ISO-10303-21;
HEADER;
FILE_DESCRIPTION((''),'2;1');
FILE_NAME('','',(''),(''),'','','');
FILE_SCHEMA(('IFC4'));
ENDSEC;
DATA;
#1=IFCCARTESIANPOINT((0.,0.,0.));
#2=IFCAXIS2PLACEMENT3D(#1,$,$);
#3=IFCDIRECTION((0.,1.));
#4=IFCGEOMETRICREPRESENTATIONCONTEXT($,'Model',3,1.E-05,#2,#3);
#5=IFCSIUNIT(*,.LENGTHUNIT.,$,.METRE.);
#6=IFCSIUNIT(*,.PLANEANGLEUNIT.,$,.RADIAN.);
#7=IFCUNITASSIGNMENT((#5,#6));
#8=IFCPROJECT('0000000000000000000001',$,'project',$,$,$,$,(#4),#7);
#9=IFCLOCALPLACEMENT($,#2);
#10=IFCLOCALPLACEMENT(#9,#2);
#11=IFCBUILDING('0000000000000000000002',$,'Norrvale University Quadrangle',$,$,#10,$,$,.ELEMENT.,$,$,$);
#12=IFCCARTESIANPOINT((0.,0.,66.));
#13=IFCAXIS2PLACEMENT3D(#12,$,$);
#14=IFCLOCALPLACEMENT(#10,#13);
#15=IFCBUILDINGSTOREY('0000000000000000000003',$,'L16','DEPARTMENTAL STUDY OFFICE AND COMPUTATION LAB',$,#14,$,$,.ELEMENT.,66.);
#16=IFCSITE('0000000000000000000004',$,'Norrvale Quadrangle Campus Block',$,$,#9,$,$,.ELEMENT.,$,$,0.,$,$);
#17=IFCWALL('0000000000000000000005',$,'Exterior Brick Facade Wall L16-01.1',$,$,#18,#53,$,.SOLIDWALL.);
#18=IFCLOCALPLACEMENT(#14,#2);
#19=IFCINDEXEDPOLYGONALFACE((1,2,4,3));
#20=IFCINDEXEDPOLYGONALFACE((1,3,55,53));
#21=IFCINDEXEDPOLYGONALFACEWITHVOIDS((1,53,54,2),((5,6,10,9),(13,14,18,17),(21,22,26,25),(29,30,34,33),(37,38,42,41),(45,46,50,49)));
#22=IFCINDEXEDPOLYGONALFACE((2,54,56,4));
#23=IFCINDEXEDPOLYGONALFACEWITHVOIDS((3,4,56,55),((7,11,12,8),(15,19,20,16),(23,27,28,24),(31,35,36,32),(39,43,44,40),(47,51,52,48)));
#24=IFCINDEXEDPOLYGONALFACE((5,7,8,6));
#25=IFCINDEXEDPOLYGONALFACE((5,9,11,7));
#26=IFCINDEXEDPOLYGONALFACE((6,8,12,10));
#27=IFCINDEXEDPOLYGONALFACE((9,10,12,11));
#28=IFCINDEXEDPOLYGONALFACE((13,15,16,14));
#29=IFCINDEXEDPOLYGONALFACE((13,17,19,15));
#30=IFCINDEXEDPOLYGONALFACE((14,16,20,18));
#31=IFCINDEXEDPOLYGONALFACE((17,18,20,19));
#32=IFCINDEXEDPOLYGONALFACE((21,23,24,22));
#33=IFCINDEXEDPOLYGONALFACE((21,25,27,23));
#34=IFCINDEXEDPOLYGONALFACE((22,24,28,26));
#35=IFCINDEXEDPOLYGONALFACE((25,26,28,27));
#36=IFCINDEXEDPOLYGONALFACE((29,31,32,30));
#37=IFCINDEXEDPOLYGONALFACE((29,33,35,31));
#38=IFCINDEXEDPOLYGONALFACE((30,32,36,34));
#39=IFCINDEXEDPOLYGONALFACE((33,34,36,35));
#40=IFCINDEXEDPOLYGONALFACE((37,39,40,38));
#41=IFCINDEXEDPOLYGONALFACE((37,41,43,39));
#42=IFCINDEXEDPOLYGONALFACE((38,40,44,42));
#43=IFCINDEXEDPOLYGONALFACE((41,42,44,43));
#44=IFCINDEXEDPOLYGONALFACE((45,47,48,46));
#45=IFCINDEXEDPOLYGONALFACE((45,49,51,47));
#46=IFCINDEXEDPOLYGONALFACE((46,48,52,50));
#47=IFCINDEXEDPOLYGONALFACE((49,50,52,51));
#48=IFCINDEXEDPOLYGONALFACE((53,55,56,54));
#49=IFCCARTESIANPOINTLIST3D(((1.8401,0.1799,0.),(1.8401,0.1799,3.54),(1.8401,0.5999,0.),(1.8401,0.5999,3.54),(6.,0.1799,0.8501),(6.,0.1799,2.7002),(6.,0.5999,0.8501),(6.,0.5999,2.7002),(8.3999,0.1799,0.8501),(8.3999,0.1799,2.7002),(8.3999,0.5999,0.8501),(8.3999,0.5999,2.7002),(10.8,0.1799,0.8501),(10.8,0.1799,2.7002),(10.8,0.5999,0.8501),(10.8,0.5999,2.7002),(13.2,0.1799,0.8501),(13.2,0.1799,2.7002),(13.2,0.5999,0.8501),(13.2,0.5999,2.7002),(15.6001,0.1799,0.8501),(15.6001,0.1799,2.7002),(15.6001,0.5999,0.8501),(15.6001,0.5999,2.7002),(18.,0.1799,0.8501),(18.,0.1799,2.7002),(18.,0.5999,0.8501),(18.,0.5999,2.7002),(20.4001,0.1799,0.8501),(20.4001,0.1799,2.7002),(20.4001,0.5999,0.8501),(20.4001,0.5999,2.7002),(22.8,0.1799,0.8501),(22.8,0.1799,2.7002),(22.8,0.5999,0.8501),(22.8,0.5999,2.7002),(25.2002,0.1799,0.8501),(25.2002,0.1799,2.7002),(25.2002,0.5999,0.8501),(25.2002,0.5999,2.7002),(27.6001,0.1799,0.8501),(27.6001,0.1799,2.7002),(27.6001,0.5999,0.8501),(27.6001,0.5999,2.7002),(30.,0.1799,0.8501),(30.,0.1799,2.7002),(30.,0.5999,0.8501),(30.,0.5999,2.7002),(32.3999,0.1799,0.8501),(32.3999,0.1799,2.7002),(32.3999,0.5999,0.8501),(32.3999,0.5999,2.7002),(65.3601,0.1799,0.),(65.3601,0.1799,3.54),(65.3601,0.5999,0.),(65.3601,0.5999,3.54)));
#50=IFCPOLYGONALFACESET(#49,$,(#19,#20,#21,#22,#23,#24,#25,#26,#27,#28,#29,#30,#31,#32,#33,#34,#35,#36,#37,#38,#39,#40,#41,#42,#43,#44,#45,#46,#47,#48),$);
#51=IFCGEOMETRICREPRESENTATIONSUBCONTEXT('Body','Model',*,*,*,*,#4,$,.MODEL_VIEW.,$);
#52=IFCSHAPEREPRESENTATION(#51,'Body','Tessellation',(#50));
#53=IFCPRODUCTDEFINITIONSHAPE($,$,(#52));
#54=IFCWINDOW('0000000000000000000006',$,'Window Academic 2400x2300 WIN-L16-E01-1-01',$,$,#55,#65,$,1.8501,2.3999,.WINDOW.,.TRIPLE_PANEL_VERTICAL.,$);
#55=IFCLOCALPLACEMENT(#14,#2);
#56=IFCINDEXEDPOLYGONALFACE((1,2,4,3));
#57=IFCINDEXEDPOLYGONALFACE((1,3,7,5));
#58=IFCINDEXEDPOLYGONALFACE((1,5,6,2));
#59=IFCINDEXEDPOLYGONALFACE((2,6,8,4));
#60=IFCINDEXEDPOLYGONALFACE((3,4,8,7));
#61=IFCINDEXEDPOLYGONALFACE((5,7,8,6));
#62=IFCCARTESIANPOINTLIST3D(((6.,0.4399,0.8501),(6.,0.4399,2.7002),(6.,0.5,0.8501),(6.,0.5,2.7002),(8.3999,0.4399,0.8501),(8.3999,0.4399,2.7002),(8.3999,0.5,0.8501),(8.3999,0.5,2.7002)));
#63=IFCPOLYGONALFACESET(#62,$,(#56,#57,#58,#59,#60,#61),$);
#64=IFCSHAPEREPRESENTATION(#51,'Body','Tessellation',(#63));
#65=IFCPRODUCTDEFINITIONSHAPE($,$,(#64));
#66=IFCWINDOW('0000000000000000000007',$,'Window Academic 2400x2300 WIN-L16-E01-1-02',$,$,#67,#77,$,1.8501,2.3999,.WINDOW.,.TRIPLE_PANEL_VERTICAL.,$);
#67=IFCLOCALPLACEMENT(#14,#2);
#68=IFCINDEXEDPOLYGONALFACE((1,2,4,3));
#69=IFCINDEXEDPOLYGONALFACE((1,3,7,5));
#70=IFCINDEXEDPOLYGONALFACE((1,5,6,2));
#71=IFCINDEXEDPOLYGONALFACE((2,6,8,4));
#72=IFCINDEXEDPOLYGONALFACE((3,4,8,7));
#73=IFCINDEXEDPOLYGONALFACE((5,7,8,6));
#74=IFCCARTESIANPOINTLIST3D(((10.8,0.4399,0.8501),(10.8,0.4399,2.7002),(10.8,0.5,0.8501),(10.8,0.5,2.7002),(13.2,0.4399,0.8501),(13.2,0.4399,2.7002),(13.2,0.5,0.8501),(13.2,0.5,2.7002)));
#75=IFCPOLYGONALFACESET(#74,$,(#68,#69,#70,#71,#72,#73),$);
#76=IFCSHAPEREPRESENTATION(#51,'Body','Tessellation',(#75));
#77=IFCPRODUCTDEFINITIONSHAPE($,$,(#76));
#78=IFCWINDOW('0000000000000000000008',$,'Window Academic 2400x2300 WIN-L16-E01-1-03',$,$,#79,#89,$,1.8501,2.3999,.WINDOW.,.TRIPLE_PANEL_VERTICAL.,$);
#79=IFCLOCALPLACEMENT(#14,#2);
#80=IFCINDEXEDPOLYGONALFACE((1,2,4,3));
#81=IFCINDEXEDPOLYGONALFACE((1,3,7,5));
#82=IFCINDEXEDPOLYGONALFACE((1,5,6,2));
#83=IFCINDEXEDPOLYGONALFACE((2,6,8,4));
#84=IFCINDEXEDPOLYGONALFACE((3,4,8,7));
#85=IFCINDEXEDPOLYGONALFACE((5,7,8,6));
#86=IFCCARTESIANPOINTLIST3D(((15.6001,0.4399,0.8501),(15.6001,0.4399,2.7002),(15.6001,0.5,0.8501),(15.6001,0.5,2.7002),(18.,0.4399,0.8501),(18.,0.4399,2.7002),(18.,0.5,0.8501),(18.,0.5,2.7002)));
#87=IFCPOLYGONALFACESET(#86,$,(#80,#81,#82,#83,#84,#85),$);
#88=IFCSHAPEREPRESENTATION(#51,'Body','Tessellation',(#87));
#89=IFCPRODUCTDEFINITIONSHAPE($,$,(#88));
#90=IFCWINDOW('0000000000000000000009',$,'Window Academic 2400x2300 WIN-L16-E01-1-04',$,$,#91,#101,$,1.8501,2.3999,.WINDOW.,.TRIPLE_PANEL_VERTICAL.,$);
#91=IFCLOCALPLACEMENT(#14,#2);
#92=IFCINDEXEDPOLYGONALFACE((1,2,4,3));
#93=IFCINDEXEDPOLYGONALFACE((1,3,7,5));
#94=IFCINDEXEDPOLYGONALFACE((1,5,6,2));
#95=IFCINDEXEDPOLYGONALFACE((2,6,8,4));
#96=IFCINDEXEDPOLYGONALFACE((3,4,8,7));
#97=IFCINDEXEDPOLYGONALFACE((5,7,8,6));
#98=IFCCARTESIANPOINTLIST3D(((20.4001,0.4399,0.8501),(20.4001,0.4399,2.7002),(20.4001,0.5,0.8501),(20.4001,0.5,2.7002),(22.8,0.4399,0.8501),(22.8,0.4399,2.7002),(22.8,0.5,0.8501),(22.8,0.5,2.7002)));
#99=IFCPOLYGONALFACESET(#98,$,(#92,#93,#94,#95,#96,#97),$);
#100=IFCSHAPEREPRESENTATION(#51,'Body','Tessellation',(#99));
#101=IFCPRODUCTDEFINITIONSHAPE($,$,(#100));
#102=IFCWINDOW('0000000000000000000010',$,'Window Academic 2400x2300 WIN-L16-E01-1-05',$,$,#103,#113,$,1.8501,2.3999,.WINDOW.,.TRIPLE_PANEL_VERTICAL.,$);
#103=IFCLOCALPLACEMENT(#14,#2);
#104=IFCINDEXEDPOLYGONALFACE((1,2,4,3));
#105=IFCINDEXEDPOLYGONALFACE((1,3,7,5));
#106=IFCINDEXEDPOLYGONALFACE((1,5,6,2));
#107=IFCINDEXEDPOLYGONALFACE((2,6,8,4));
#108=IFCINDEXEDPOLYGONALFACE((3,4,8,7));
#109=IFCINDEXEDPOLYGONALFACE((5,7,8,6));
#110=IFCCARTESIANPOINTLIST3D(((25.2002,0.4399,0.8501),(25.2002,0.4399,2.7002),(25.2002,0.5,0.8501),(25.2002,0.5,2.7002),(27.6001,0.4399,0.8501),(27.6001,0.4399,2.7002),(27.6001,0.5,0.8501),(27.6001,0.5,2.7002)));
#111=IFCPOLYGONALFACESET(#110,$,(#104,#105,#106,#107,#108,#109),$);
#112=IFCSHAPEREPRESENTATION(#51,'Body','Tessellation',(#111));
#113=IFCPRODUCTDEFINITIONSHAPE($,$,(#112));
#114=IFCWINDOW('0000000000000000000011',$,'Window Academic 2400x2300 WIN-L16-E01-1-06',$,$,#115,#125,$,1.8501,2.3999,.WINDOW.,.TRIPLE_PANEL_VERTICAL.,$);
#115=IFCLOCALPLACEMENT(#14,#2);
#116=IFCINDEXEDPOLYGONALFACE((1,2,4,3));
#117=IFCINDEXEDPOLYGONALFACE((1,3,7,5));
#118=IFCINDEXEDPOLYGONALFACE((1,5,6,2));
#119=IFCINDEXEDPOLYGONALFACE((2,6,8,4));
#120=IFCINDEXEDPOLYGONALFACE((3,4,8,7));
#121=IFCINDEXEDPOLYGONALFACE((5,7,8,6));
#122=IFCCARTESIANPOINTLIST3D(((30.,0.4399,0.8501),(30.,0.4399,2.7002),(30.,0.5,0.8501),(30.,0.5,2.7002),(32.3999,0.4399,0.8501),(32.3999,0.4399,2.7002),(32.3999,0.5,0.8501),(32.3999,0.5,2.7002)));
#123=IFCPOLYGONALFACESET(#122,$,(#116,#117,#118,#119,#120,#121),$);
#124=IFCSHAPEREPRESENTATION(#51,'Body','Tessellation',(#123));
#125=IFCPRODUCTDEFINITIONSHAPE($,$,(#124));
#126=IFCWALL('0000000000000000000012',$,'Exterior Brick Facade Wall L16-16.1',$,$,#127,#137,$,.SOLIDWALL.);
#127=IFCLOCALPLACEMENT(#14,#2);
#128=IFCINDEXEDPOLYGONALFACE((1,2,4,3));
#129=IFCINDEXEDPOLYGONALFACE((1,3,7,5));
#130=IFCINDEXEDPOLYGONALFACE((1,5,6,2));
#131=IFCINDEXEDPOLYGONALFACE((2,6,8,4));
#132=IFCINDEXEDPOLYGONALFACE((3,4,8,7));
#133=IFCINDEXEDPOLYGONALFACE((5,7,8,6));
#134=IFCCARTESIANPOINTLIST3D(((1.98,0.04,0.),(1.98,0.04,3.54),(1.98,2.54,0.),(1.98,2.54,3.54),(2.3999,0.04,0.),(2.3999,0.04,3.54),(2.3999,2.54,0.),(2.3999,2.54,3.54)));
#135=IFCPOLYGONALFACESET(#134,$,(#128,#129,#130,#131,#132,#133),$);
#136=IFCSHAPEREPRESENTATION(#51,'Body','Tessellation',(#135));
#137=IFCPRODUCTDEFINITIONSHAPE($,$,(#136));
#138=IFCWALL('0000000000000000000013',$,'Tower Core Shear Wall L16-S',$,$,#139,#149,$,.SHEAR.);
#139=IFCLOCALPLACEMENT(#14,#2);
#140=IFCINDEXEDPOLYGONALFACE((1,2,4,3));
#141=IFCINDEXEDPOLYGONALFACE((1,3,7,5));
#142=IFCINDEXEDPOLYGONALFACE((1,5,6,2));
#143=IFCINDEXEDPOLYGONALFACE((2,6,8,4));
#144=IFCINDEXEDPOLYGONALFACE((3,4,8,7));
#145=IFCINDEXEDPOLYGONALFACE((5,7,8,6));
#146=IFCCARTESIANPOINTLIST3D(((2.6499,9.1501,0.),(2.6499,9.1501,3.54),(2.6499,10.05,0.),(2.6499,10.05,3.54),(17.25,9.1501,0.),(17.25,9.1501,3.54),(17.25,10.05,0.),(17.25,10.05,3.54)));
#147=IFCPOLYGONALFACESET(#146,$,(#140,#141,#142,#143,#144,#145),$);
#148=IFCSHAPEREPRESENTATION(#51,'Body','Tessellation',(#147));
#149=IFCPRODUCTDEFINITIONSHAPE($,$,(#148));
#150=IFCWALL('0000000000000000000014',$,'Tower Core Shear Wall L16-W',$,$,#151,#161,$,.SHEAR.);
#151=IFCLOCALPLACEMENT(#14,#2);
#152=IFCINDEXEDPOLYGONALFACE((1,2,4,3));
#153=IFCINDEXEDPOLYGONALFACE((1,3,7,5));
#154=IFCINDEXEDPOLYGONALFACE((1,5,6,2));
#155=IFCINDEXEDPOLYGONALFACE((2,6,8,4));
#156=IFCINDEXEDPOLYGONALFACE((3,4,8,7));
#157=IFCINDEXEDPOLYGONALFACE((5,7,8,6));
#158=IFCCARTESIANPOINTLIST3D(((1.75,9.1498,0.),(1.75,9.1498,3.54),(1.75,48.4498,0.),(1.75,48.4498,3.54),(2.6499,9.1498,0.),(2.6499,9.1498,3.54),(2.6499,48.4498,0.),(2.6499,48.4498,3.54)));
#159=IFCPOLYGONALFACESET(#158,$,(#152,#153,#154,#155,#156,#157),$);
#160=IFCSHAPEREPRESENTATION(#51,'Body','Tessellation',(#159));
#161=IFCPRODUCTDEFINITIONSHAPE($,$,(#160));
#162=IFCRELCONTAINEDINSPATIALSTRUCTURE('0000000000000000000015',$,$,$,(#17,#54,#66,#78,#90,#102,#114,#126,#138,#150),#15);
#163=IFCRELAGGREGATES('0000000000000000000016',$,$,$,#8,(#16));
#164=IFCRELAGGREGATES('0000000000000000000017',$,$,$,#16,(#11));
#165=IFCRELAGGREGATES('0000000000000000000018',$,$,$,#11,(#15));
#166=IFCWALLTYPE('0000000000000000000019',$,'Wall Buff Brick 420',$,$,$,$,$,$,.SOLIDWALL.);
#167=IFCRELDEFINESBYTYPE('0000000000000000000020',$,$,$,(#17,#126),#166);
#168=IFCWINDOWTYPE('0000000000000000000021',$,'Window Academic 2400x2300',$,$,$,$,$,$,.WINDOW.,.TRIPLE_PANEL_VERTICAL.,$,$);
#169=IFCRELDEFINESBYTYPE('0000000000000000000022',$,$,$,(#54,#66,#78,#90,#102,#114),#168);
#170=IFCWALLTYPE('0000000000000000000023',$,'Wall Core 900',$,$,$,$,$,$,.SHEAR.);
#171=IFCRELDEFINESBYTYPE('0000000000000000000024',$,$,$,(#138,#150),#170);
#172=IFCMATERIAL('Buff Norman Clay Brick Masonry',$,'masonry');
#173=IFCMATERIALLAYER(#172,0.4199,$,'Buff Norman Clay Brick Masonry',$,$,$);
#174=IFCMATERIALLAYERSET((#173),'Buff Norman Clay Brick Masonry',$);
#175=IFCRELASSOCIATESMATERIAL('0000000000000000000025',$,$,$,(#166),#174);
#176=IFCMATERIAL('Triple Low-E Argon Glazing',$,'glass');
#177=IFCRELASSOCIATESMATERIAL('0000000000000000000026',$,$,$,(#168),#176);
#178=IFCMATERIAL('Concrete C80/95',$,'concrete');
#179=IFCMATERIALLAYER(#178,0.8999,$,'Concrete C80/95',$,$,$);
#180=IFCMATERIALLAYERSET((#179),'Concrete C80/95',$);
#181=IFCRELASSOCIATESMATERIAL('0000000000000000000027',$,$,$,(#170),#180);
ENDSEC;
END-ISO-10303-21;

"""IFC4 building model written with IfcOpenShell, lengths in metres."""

from ifc_helpers import new_model, si_unit, direction, frame, frame_2d, origin, place, context, subcontext, project, spatial, rectangle, extrude, material, layer, layer_set, type_object, element, fill, save


model = new_model("IFC4")

# Units and contexts
model_context = context("Model", 3, precision=1e-05, world=origin(), true_north=direction((0.0, 1.0)))
body_context = subcontext(model_context, "Body", "Model", "MODEL_VIEW")
ifc_project = project(units=[si_unit("LENGTHUNIT", "METRE"), si_unit("PLANEANGLEUNIT", "RADIAN")], contexts=[model_context])

# Site, building, storey
site_placement = place(None, origin())
site = spatial("IfcSite", under=ifc_project, at=site_placement, Name="Norrvale Quadrangle Campus Block", CompositionType="ELEMENT", RefElevation=0.0)
building_placement = place(site_placement, origin())
building = spatial("IfcBuilding", under=site, at=building_placement, Name="Norrvale University Quadrangle", CompositionType="ELEMENT")
storey_placement = place(building_placement, frame((0.0, 0.0, 66.0)))
storey = spatial("IfcBuildingStorey", under=building, at=storey_placement, Name="L16", Description="DEPARTMENTAL STUDY OFFICE AND COMPUTATION LAB", CompositionType="ELEMENT", Elevation=66.0)

# Shared definitions
ifc_material_1 = material(Name="Concrete C80/95", Category="concrete")

# Wall, openings, windows
ifc_material_2 = material(Name="Buff Norman Clay Brick Masonry", Category="masonry")
ifc_layer_1 = layer(ifc_material_2, 0.4199, Name="Buff Norman Clay Brick Masonry")
ifc_layer_set_1 = layer_set([ifc_layer_1], Name="Buff Norman Clay Brick Masonry")
wall_type_1 = type_object("IfcWallType", Name="Wall Buff Brick 420", PredefinedType="SOLIDWALL", material=ifc_layer_set_1)
wall_1_placement = place(storey_placement, frame((1.8401, 0.3899, 0.0), z_axis=(0.0, 0.0, 1.0), x_axis=(1.0, 0.0, 0.0)))
wall_1 = element("IfcWall", 1, at=wall_1_placement, inside=storey, type_object=wall_type_1, Name="Exterior Brick Facade Wall L16-01.1", PredefinedType="SOLIDWALL", context=body_context, shape_type="SweptSolid", body=[
    extrude(rectangle(XDim=63.52, YDim=0.4199, at=frame_2d((31.76, 0.0))), origin(), (0.0, 0.0, 1.0), 3.54),
])
opening_1_placement = place(wall_1_placement, frame((4.1599, 0.0, 0.8501)))
opening_1 = element("IfcOpeningElement", 2, at=opening_1_placement, cuts=wall_1, PredefinedType="OPENING", context=body_context, shape_type="SweptSolid", body=[
    extrude(rectangle(XDim=2.3999, YDim=1.8501, at=frame_2d((1.2, 0.925))), frame((0.0, 0.2219, 0.0), z_axis=(0.0, -1.0, 0.0), x_axis=(1.0, 0.0, 0.0)), (0.0, 0.0, 1.0), 0.4438),
])
opening_2_placement = place(wall_1_placement, frame((8.96, 0.0, 0.8501)))
opening_2 = element("IfcOpeningElement", 3, at=opening_2_placement, cuts=wall_1, PredefinedType="OPENING", context=body_context, shape_type="SweptSolid", body=[
    extrude(rectangle(XDim=2.3999, YDim=1.8501, at=frame_2d((1.2, 0.925))), frame((0.0, 0.2219, 0.0), z_axis=(0.0, -1.0, 0.0), x_axis=(1.0, 0.0, 0.0)), (0.0, 0.0, 1.0), 0.4438),
])
opening_3_placement = place(wall_1_placement, frame((13.76, 0.0, 0.8501)))
opening_3 = element("IfcOpeningElement", 4, at=opening_3_placement, cuts=wall_1, PredefinedType="OPENING", context=body_context, shape_type="SweptSolid", body=[
    extrude(rectangle(XDim=2.3999, YDim=1.8501, at=frame_2d((1.2, 0.925))), frame((0.0, 0.2219, 0.0), z_axis=(0.0, -1.0, 0.0), x_axis=(1.0, 0.0, 0.0)), (0.0, 0.0, 1.0), 0.4438),
])
opening_4_placement = place(wall_1_placement, frame((18.5601, 0.0, 0.8501)))
opening_4 = element("IfcOpeningElement", 5, at=opening_4_placement, cuts=wall_1, PredefinedType="OPENING", context=body_context, shape_type="SweptSolid", body=[
    extrude(rectangle(XDim=2.3999, YDim=1.8501, at=frame_2d((1.2, 0.925))), frame((0.0, 0.2219, 0.0), z_axis=(0.0, -1.0, 0.0), x_axis=(1.0, 0.0, 0.0)), (0.0, 0.0, 1.0), 0.4438),
])
opening_5_placement = place(wall_1_placement, frame((23.3601, 0.0, 0.8501)))
opening_5 = element("IfcOpeningElement", 6, at=opening_5_placement, cuts=wall_1, PredefinedType="OPENING", context=body_context, shape_type="SweptSolid", body=[
    extrude(rectangle(XDim=2.3999, YDim=1.8501, at=frame_2d((1.2, 0.925))), frame((0.0, 0.2219, 0.0), z_axis=(0.0, -1.0, 0.0), x_axis=(1.0, 0.0, 0.0)), (0.0, 0.0, 1.0), 0.4438),
])
opening_6_placement = place(wall_1_placement, frame((28.1599, 0.0, 0.8501)))
opening_6 = element("IfcOpeningElement", 7, at=opening_6_placement, cuts=wall_1, PredefinedType="OPENING", context=body_context, shape_type="SweptSolid", body=[
    extrude(rectangle(XDim=2.3999, YDim=1.8501, at=frame_2d((1.2, 0.925))), frame((0.0, 0.2219, 0.0), z_axis=(0.0, -1.0, 0.0), x_axis=(1.0, 0.0, 0.0)), (0.0, 0.0, 1.0), 0.4438),
])
ifc_material_3 = material(Name="Triple Low-E Argon Glazing", Category="glass")
window_type = type_object("IfcWindowType", Name="Window Academic 2400x2300", PartitioningType="TRIPLE_PANEL_VERTICAL", PredefinedType="WINDOW", material=ifc_material_3)
window_1_placement = place(opening_1_placement, origin())
window_1 = element("IfcWindow", 8, at=window_1_placement, inside=storey, type_object=window_type, Name="Window Academic 2400x2300 WIN-L16-E01-1-01", OverallHeight=1.8501, OverallWidth=2.3999, PartitioningType="TRIPLE_PANEL_VERTICAL", PredefinedType="WINDOW", context=body_context, shape_type="SweptSolid", body=[
    extrude(rectangle(XDim=2.3999, YDim=1.8501, at=frame_2d((1.2, 0.925))), frame((0.0, 0.1101, 0.0), z_axis=(0.0, -1.0, 0.0), x_axis=(1.0, 0.0, 0.0)), (0.0, 0.0, 1.0), 0.0601),
])
fill(opening_1, window_1)
window_2_placement = place(opening_2_placement, origin())
window_2 = element("IfcWindow", 9, at=window_2_placement, inside=storey, type_object=window_type, Name="Window Academic 2400x2300 WIN-L16-E01-1-02", OverallHeight=1.8501, OverallWidth=2.3999, PartitioningType="TRIPLE_PANEL_VERTICAL", PredefinedType="WINDOW", context=body_context, shape_type="SweptSolid", body=[
    extrude(rectangle(XDim=2.3999, YDim=1.8501, at=frame_2d((1.2, 0.925))), frame((0.0, 0.1101, 0.0), z_axis=(0.0, -1.0, 0.0), x_axis=(1.0, 0.0, 0.0)), (0.0, 0.0, 1.0), 0.0601),
])
fill(opening_2, window_2)
window_3_placement = place(opening_3_placement, origin())
window_3 = element("IfcWindow", 10, at=window_3_placement, inside=storey, type_object=window_type, Name="Window Academic 2400x2300 WIN-L16-E01-1-03", OverallHeight=1.8501, OverallWidth=2.3999, PartitioningType="TRIPLE_PANEL_VERTICAL", PredefinedType="WINDOW", context=body_context, shape_type="SweptSolid", body=[
    extrude(rectangle(XDim=2.3999, YDim=1.8501, at=frame_2d((1.2, 0.925))), frame((0.0, 0.1101, 0.0), z_axis=(0.0, -1.0, 0.0), x_axis=(1.0, 0.0, 0.0)), (0.0, 0.0, 1.0), 0.0601),
])
fill(opening_3, window_3)
window_4_placement = place(opening_4_placement, origin())
window_4 = element("IfcWindow", 11, at=window_4_placement, inside=storey, type_object=window_type, Name="Window Academic 2400x2300 WIN-L16-E01-1-04", OverallHeight=1.8501, OverallWidth=2.3999, PartitioningType="TRIPLE_PANEL_VERTICAL", PredefinedType="WINDOW", context=body_context, shape_type="SweptSolid", body=[
    extrude(rectangle(XDim=2.3999, YDim=1.8501, at=frame_2d((1.2, 0.925))), frame((0.0, 0.1101, 0.0), z_axis=(0.0, -1.0, 0.0), x_axis=(1.0, 0.0, 0.0)), (0.0, 0.0, 1.0), 0.0601),
])
fill(opening_4, window_4)
window_5_placement = place(opening_5_placement, origin())
window_5 = element("IfcWindow", 12, at=window_5_placement, inside=storey, type_object=window_type, Name="Window Academic 2400x2300 WIN-L16-E01-1-05", OverallHeight=1.8501, OverallWidth=2.3999, PartitioningType="TRIPLE_PANEL_VERTICAL", PredefinedType="WINDOW", context=body_context, shape_type="SweptSolid", body=[
    extrude(rectangle(XDim=2.3999, YDim=1.8501, at=frame_2d((1.2, 0.925))), frame((0.0, 0.1101, 0.0), z_axis=(0.0, -1.0, 0.0), x_axis=(1.0, 0.0, 0.0)), (0.0, 0.0, 1.0), 0.0601),
])
fill(opening_5, window_5)
window_6_placement = place(opening_6_placement, origin())
window_6 = element("IfcWindow", 13, at=window_6_placement, inside=storey, type_object=window_type, Name="Window Academic 2400x2300 WIN-L16-E01-1-06", OverallHeight=1.8501, OverallWidth=2.3999, PartitioningType="TRIPLE_PANEL_VERTICAL", PredefinedType="WINDOW", context=body_context, shape_type="SweptSolid", body=[
    extrude(rectangle(XDim=2.3999, YDim=1.8501, at=frame_2d((1.2, 0.925))), frame((0.0, 0.1101, 0.0), z_axis=(0.0, -1.0, 0.0), x_axis=(1.0, 0.0, 0.0)), (0.0, 0.0, 1.0), 0.0601),
])
fill(opening_6, window_6)

# Walls
wall_2_placement = place(storey_placement, frame((2.1899, 2.54, 0.0), z_axis=(0.0, 0.0, 1.0), x_axis=(0.0, -1.0, 0.0)))
element("IfcWall", 14, at=wall_2_placement, inside=storey, type_object=wall_type_1, Name="Exterior Brick Facade Wall L16-16.1", PredefinedType="SOLIDWALL", context=body_context, shape_type="SweptSolid", body=[
    extrude(rectangle(XDim=2.5, YDim=0.4199, at=frame_2d((1.25, 0.0))), origin(), (0.0, 0.0, 1.0), 3.54),
])
ifc_layer_2 = layer(ifc_material_1, 0.8999, Name="Concrete C80/95")
ifc_layer_set_2 = layer_set([ifc_layer_2], Name="Concrete C80/95")
wall_type_2 = type_object("IfcWallType", Name="Wall Core 900", PredefinedType="SHEAR", material=ifc_layer_set_2)
wall_3_placement = place(storey_placement, frame((2.6499, 9.6001, 0.0), z_axis=(0.0, 0.0, 1.0), x_axis=(1.0, 0.0, 0.0)))
element("IfcWall", 15, at=wall_3_placement, inside=storey, type_object=wall_type_2, Name="Tower Core Shear Wall L16-S", PredefinedType="SHEAR", context=body_context, shape_type="SweptSolid", body=[
    extrude(rectangle(XDim=14.6001, YDim=0.8999, at=frame_2d((7.3, 0.0))), origin(), (0.0, 0.0, 1.0), 3.54),
])
wall_4_placement = place(storey_placement, frame((2.2, 9.1499, 0.0), z_axis=(0.0, 0.0, 1.0), x_axis=(0.0, 1.0, 0.0)))
element("IfcWall", 16, at=wall_4_placement, inside=storey, type_object=wall_type_2, Name="Tower Core Shear Wall L16-W", PredefinedType="SHEAR", context=body_context, shape_type="SweptSolid", body=[
    extrude(rectangle(XDim=39.3, YDim=0.8999, at=frame_2d((19.6499, 0.0))), origin(), (0.0, 0.0, 1.0), 3.54),
])

save(model, "model.ifc")
